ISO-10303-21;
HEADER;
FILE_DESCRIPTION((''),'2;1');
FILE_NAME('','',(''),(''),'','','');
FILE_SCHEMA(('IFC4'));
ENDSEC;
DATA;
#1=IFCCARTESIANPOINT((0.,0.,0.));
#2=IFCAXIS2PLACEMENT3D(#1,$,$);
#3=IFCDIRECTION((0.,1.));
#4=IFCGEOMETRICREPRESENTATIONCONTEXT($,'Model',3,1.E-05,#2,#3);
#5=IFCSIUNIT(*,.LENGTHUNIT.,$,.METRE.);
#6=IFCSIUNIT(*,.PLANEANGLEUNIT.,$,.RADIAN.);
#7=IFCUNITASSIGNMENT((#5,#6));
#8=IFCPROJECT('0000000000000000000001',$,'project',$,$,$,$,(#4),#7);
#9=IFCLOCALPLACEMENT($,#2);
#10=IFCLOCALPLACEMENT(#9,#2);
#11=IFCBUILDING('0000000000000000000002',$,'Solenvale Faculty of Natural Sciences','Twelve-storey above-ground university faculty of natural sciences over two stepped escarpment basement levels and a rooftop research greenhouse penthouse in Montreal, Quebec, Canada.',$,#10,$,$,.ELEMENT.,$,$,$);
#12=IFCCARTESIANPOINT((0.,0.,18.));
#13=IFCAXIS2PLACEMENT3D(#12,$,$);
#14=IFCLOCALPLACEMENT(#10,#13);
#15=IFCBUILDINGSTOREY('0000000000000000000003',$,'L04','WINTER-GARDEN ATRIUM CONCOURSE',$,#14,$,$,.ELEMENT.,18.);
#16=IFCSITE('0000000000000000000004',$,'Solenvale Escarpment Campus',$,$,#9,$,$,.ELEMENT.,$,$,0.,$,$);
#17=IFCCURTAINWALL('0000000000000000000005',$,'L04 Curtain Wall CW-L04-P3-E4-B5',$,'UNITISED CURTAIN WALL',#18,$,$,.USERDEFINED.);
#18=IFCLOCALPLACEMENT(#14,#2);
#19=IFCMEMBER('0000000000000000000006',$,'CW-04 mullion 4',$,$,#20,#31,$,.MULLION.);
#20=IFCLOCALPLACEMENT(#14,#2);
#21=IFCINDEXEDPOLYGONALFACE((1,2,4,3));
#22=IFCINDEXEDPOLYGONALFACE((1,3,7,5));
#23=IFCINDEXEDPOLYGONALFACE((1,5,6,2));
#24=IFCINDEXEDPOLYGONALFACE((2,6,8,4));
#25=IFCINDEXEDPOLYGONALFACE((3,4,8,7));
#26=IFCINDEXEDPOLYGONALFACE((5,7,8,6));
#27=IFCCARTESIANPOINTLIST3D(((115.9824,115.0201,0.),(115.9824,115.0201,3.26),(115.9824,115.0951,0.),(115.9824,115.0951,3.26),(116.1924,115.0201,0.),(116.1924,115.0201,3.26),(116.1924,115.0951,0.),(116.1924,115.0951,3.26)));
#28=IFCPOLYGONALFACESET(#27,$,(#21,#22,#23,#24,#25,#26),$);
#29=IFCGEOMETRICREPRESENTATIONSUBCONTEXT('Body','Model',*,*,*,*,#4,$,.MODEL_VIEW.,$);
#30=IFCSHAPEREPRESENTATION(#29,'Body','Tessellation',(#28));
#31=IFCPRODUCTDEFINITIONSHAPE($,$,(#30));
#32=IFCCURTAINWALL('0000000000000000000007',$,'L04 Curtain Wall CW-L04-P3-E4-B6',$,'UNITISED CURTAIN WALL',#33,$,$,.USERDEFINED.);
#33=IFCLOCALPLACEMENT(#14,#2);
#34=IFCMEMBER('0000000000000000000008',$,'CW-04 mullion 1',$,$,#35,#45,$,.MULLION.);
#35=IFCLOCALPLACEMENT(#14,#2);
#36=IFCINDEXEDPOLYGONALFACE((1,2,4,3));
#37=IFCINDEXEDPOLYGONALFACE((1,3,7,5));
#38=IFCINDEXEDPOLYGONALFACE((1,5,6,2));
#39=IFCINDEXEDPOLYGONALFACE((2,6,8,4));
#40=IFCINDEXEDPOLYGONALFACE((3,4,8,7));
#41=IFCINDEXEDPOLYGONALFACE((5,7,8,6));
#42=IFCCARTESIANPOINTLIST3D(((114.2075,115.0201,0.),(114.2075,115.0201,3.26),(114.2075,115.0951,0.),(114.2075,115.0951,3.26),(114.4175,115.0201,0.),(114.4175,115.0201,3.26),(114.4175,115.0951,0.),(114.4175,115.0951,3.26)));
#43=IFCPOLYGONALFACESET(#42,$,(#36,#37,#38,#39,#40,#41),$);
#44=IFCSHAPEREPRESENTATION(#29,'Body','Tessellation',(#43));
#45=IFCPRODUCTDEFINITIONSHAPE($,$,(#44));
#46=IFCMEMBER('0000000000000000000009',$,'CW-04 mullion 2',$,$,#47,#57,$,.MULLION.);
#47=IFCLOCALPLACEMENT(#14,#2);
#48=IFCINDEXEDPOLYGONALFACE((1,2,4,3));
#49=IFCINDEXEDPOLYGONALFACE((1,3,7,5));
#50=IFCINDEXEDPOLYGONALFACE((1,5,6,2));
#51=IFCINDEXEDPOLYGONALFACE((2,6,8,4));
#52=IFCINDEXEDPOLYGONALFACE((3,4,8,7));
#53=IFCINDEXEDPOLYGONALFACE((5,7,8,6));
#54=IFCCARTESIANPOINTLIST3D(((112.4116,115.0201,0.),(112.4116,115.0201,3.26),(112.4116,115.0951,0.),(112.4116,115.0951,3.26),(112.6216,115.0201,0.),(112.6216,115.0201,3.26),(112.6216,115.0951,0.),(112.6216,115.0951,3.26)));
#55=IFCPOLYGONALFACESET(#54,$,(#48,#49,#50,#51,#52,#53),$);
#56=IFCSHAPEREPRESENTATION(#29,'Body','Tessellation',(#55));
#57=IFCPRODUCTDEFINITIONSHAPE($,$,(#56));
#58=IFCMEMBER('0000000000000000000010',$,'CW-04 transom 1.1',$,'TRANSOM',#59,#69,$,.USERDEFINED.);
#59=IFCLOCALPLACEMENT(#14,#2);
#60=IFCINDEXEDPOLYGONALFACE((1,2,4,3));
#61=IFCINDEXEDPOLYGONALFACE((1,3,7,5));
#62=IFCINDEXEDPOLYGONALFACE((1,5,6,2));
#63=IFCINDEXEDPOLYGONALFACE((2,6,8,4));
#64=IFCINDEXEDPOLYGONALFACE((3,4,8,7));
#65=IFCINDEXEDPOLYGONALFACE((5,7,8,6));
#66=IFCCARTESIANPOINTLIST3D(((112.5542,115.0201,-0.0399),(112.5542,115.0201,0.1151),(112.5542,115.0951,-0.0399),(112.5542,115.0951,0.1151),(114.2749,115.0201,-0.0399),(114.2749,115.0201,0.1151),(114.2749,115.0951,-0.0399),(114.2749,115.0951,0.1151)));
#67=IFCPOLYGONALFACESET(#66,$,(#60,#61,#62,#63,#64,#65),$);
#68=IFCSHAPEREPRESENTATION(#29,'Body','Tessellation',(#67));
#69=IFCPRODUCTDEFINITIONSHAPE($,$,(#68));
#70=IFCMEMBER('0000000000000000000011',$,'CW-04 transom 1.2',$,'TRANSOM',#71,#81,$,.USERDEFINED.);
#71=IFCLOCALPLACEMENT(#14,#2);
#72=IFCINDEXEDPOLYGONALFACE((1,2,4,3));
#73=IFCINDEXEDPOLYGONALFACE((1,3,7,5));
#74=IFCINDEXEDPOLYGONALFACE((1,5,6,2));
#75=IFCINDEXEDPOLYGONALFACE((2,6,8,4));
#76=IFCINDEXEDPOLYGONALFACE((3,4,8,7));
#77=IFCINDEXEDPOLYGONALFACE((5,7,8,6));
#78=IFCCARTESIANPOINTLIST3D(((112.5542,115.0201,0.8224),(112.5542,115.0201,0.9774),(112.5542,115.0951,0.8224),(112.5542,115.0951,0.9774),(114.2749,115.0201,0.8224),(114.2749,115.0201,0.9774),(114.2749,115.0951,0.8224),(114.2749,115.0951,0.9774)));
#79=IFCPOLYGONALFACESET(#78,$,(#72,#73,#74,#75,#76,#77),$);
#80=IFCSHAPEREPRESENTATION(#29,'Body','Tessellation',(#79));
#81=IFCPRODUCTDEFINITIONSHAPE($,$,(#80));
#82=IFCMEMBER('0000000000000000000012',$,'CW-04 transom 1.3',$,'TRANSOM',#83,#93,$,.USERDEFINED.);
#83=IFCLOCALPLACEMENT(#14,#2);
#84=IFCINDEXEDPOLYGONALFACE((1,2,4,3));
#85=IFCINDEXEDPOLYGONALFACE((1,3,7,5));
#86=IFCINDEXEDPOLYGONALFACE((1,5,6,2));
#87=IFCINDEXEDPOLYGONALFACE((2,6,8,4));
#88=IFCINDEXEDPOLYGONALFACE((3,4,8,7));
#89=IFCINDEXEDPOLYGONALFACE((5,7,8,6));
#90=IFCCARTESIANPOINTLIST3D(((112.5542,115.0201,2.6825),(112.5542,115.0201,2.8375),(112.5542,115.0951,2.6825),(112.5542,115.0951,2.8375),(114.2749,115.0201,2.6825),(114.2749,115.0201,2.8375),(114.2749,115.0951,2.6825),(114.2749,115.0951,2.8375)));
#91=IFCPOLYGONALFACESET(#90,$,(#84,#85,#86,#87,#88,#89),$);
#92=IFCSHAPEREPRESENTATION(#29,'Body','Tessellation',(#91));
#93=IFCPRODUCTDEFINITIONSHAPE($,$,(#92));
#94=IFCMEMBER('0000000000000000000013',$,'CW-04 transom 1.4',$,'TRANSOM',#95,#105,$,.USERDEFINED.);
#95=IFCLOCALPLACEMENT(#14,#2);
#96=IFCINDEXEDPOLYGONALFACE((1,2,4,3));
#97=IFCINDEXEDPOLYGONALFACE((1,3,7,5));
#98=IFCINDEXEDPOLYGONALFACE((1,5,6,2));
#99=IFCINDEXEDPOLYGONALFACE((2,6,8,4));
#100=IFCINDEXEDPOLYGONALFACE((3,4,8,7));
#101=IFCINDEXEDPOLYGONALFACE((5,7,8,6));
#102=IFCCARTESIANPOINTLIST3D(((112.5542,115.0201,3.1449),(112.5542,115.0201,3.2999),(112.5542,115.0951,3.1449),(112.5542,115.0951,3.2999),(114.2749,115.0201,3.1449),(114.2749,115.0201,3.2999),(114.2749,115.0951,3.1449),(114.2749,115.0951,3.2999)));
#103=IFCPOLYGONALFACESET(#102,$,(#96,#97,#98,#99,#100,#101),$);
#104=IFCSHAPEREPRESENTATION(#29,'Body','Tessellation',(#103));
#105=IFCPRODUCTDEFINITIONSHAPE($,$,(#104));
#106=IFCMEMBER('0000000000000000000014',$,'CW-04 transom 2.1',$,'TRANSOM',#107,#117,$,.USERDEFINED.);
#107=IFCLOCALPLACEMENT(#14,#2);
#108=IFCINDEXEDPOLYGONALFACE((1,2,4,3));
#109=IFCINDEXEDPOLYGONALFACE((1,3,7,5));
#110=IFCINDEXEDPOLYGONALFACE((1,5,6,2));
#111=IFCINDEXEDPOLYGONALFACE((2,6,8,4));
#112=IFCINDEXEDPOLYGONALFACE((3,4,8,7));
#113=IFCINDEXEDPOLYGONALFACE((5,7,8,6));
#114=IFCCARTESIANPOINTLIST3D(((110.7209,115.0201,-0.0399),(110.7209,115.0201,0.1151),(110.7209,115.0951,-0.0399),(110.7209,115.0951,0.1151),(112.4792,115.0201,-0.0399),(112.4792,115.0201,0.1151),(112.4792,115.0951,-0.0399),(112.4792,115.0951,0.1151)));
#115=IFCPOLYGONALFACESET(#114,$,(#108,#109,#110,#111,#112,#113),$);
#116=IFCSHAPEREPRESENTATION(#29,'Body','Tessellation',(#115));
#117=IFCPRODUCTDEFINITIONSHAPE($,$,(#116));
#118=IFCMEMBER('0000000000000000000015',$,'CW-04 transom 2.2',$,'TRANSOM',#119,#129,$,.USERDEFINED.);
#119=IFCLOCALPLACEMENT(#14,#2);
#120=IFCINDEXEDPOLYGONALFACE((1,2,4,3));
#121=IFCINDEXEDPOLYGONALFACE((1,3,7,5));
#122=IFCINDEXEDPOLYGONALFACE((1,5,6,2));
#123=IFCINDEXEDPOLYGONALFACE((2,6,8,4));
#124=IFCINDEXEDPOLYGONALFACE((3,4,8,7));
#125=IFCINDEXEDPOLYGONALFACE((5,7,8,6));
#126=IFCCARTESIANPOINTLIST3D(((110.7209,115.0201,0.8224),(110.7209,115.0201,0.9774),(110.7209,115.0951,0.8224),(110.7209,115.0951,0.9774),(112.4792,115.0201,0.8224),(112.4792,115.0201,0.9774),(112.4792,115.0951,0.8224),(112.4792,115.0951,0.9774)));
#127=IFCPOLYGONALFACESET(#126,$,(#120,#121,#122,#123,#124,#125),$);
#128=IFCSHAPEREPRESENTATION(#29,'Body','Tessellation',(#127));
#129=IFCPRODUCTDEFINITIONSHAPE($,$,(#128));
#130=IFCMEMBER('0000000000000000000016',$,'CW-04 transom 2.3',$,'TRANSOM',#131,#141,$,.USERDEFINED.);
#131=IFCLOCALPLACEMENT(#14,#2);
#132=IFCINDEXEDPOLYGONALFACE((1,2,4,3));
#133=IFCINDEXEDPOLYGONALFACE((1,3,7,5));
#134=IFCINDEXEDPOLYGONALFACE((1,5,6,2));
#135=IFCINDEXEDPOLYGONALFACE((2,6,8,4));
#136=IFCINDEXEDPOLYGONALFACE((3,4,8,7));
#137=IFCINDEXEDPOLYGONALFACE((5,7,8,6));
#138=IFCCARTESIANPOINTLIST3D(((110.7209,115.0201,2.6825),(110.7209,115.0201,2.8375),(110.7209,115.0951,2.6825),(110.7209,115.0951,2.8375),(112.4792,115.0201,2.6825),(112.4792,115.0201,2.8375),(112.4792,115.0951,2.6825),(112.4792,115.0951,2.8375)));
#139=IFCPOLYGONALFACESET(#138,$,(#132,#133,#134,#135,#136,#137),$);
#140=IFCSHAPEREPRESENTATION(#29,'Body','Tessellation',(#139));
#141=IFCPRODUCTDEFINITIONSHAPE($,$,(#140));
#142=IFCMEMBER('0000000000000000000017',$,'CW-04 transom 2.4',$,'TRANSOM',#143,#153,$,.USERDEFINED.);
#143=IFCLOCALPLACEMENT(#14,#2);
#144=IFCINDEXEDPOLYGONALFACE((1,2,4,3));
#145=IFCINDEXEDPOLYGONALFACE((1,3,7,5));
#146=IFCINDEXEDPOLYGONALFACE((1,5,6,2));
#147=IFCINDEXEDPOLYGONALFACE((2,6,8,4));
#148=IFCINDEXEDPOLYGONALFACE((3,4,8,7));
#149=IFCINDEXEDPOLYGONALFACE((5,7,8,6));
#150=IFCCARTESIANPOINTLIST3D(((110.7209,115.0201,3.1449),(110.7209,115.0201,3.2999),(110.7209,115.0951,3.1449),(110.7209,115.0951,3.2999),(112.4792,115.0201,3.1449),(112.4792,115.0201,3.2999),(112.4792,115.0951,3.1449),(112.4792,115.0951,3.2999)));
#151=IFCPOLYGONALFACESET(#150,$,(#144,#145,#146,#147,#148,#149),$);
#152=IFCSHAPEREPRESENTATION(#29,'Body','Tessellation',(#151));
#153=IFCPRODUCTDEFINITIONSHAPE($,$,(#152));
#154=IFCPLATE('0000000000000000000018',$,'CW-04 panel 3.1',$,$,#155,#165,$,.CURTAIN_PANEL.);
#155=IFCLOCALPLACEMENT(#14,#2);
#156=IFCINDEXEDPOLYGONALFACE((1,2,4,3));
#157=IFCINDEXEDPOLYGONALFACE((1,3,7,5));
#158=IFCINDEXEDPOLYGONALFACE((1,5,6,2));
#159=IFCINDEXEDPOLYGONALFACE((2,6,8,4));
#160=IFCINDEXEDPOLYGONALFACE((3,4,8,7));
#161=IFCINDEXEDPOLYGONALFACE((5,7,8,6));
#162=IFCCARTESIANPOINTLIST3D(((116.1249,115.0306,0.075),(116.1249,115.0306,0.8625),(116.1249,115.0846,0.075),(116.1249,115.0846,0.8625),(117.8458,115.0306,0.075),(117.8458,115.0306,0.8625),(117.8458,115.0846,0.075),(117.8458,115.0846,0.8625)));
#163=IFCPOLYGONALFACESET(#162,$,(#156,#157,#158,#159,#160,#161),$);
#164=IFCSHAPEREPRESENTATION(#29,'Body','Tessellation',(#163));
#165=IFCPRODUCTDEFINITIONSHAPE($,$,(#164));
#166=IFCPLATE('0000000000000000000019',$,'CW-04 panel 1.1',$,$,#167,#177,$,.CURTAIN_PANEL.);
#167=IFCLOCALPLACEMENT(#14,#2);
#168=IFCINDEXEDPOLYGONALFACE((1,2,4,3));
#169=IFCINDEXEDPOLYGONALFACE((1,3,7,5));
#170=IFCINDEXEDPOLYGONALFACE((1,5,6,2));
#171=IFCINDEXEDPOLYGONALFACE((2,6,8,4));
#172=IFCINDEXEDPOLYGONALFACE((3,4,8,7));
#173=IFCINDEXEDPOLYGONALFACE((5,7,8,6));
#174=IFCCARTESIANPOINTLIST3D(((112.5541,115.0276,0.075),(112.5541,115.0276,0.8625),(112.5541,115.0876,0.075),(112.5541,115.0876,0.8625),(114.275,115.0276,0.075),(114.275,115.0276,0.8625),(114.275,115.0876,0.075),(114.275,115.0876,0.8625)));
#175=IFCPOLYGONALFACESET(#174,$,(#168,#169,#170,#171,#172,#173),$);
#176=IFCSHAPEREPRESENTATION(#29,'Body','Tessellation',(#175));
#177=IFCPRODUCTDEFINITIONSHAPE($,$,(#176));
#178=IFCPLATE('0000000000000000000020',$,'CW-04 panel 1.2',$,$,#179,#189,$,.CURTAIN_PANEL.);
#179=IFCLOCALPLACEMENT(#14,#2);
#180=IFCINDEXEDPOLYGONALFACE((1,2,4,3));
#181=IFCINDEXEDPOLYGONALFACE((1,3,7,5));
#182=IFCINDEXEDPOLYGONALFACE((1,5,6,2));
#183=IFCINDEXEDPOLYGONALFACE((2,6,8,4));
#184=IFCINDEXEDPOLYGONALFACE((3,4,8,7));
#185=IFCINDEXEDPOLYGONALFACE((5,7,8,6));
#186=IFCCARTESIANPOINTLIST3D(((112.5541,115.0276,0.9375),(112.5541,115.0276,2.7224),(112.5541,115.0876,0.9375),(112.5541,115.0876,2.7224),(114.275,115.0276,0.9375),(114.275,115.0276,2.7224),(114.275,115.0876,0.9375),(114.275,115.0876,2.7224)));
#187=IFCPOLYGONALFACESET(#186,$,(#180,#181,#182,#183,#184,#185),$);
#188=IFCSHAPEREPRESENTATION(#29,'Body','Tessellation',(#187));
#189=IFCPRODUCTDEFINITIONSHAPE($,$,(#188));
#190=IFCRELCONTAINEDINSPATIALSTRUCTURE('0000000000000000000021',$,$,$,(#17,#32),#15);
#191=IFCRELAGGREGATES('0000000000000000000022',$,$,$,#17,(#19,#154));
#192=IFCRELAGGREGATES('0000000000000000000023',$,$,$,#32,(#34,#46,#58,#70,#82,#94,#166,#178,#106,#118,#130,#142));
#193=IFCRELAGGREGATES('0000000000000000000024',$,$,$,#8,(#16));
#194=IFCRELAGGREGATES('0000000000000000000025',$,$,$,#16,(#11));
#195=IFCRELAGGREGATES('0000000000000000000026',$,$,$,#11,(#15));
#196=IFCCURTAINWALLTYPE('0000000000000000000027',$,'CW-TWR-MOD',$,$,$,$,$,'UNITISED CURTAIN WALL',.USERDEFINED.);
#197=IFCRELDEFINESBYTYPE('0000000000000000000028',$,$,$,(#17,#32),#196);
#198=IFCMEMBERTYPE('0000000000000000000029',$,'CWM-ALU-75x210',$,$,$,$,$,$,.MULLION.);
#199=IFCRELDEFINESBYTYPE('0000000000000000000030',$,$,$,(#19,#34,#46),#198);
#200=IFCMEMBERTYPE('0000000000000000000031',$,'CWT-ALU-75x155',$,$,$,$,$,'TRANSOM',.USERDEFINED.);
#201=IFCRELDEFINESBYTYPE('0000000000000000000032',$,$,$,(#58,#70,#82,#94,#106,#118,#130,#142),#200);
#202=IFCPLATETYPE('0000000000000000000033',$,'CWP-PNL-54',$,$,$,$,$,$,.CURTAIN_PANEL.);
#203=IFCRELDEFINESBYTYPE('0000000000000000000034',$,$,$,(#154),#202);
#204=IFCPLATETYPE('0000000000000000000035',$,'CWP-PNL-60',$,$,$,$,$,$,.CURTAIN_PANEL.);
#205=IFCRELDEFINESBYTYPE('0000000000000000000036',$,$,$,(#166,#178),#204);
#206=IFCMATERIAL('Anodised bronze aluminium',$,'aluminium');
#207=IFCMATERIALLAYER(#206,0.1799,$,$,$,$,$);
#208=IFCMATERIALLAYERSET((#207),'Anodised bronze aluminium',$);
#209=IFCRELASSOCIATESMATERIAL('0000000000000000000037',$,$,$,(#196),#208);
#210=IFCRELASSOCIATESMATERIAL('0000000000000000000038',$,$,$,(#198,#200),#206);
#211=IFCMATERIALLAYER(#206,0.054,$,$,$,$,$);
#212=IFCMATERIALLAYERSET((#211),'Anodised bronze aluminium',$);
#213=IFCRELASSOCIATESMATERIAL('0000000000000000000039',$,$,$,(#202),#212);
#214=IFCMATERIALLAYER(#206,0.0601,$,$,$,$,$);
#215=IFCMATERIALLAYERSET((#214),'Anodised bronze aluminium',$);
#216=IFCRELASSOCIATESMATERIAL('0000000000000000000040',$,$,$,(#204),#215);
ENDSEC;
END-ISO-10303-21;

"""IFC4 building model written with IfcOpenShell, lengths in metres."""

from ifc_helpers import new_model, si_unit, direction, frame, origin, origin_2d, place, context, subcontext, project, spatial, rectangle, extrude, material, layer, layer_set, material_profile, profile_set, type_object, element, aggregate, save


model = new_model("IFC4")

# Units and contexts
model_context = context("Model", 3, precision=1e-05, world=origin(), true_north=direction((0.0, 1.0)))
body_context = subcontext(model_context, "Body", "Model", "MODEL_VIEW")
ifc_project = project(units=[si_unit("LENGTHUNIT", "METRE"), si_unit("PLANEANGLEUNIT", "RADIAN")], contexts=[model_context])

# Site, building, storey
site_placement = place(None, origin())
site = spatial("IfcSite", under=ifc_project, at=site_placement, Name="Solenvale Escarpment Campus", CompositionType="ELEMENT", RefElevation=0.0)
building_placement = place(site_placement, origin())
building = spatial("IfcBuilding", under=site, at=building_placement, Name="Solenvale Faculty of Natural Sciences", Description="Twelve-storey above-ground university faculty of natural sciences over two stepped escarpment basement levels and a rooftop research greenhouse penthouse in Montreal, Quebec, Canada.", CompositionType="ELEMENT")
storey_placement = place(building_placement, frame((0.0, 0.0, 18.0)))
storey = spatial("IfcBuildingStorey", under=building, at=storey_placement, Name="L04", Description="WINTER-GARDEN ATRIUM CONCOURSE", CompositionType="ELEMENT", Elevation=18.0)

# Curtain wall, member
ifc_material_1 = material(Name="Anodised bronze aluminium", Category="aluminium")
ifc_layer_1 = layer(ifc_material_1, 0.1799)
ifc_layer_set_1 = layer_set([ifc_layer_1], Name="Anodised bronze aluminium")
curtain_wall_type = type_object("IfcCurtainWallType", Name="CW-TWR-MOD", ElementType="UNITISED CURTAIN WALL", PredefinedType="USERDEFINED", material=ifc_layer_set_1)
curtain_wall_1_placement = place(storey_placement, origin())
curtain_wall_1 = element("IfcCurtainWall", 1, at=curtain_wall_1_placement, inside=storey, type_object=curtain_wall_type, Name="L04 Curtain Wall CW-L04-P3-E4-B5", ObjectType="UNITISED CURTAIN WALL", PredefinedType="USERDEFINED")
ifc_material_profile_1 = material_profile(ifc_material_1, rectangle(XDim=0.075, YDim=0.21, at=origin_2d()), Name="ALU-MUL-75x210")
ifc_profile_set_1 = profile_set([ifc_material_profile_1], Name="Anodised bronze aluminium")
member_type_1 = type_object("IfcMemberType", Name="CWM-ALU-75x210", PredefinedType="MULLION", material=ifc_profile_set_1)
member_1_placement = place(storey_placement, frame((116.0874, 115.0576, 0.0), z_axis=(0.0, 0.0, 1.0), x_axis=(0.0, -1.0, 0.0)))
member_1 = element("IfcMember", 2, at=member_1_placement, type_object=member_type_1, Name="CW-04 mullion 4", PredefinedType="MULLION", context=body_context, shape_type="SweptSolid", body=[
    extrude(rectangle(XDim=0.075, YDim=0.21, at=origin_2d()), origin(), (0.0, 0.0, 1.0), 3.26),
])

# Curtain wall, members
curtain_wall_2_placement = place(storey_placement, origin())
curtain_wall_2 = element("IfcCurtainWall", 3, at=curtain_wall_2_placement, inside=storey, type_object=curtain_wall_type, Name="L04 Curtain Wall CW-L04-P3-E4-B6", ObjectType="UNITISED CURTAIN WALL", PredefinedType="USERDEFINED")
member_2_placement = place(storey_placement, frame((114.3125, 115.0576, 0.0), z_axis=(0.0, 0.0, 1.0), x_axis=(0.0, -1.0, 0.0)))
member_2 = element("IfcMember", 4, at=member_2_placement, type_object=member_type_1, Name="CW-04 mullion 1", PredefinedType="MULLION", context=body_context, shape_type="SweptSolid", body=[
    extrude(rectangle(XDim=0.075, YDim=0.21, at=origin_2d()), origin(), (0.0, 0.0, 1.0), 3.26),
])
member_3_placement = place(storey_placement, frame((112.5166, 115.0576, 0.0), z_axis=(0.0, 0.0, 1.0), x_axis=(0.0, -1.0, 0.0)))
member_3 = element("IfcMember", 5, at=member_3_placement, type_object=member_type_1, Name="CW-04 mullion 2", PredefinedType="MULLION", context=body_context, shape_type="SweptSolid", body=[
    extrude(rectangle(XDim=0.075, YDim=0.21, at=origin_2d()), origin(), (0.0, 0.0, 1.0), 3.26),
])
ifc_material_profile_2 = material_profile(ifc_material_1, rectangle(XDim=0.075, YDim=0.155, at=origin_2d()), Name="ALU-TRN-75x155")
ifc_profile_set_2 = profile_set([ifc_material_profile_2], Name="Anodised bronze aluminium")
member_type_2 = type_object("IfcMemberType", Name="CWT-ALU-75x155", ElementType="TRANSOM", PredefinedType="USERDEFINED", material=ifc_profile_set_2)
member_4_placement = place(storey_placement, frame((114.2749, 115.0576, 0.0376), z_axis=(-1.0, 0.0, 0.0), x_axis=(0.0, -1.0, 0.0)))
member_4 = element("IfcMember", 6, at=member_4_placement, type_object=member_type_2, Name="CW-04 transom 1.1", ObjectType="TRANSOM", PredefinedType="USERDEFINED", context=body_context, shape_type="SweptSolid", body=[
    extrude(rectangle(XDim=0.075, YDim=0.155, at=origin_2d()), origin(), (0.0, 0.0, 1.0), 1.7207),
])
member_5_placement = place(storey_placement, frame((114.2749, 115.0576, 0.8999), z_axis=(-1.0, 0.0, 0.0), x_axis=(0.0, -1.0, 0.0)))
member_5 = element("IfcMember", 7, at=member_5_placement, type_object=member_type_2, Name="CW-04 transom 1.2", ObjectType="TRANSOM", PredefinedType="USERDEFINED", context=body_context, shape_type="SweptSolid", body=[
    extrude(rectangle(XDim=0.075, YDim=0.155, at=origin_2d()), origin(), (0.0, 0.0, 1.0), 1.7207),
])
member_6_placement = place(storey_placement, frame((114.2749, 115.0576, 2.76), z_axis=(-1.0, 0.0, 0.0), x_axis=(0.0, -1.0, 0.0)))
member_6 = element("IfcMember", 8, at=member_6_placement, type_object=member_type_2, Name="CW-04 transom 1.3", ObjectType="TRANSOM", PredefinedType="USERDEFINED", context=body_context, shape_type="SweptSolid", body=[
    extrude(rectangle(XDim=0.075, YDim=0.155, at=origin_2d()), origin(), (0.0, 0.0, 1.0), 1.7207),
])
member_7_placement = place(storey_placement, frame((114.2749, 115.0576, 3.2224), z_axis=(-1.0, 0.0, 0.0), x_axis=(0.0, -1.0, 0.0)))
member_7 = element("IfcMember", 9, at=member_7_placement, type_object=member_type_2, Name="CW-04 transom 1.4", ObjectType="TRANSOM", PredefinedType="USERDEFINED", context=body_context, shape_type="SweptSolid", body=[
    extrude(rectangle(XDim=0.075, YDim=0.155, at=origin_2d()), origin(), (0.0, 0.0, 1.0), 1.7207),
])
member_8_placement = place(storey_placement, frame((112.4792, 115.0576, 0.0376), z_axis=(-1.0, 0.0, 0.0), x_axis=(0.0, -1.0, 0.0)))
member_8 = element("IfcMember", 10, at=member_8_placement, type_object=member_type_2, Name="CW-04 transom 2.1", ObjectType="TRANSOM", PredefinedType="USERDEFINED", context=body_context, shape_type="SweptSolid", body=[
    extrude(rectangle(XDim=0.075, YDim=0.155, at=origin_2d()), origin(), (0.0, 0.0, 1.0), 1.7583),
])
member_9_placement = place(storey_placement, frame((112.4792, 115.0576, 0.8999), z_axis=(-1.0, 0.0, 0.0), x_axis=(0.0, -1.0, 0.0)))
member_9 = element("IfcMember", 11, at=member_9_placement, type_object=member_type_2, Name="CW-04 transom 2.2", ObjectType="TRANSOM", PredefinedType="USERDEFINED", context=body_context, shape_type="SweptSolid", body=[
    extrude(rectangle(XDim=0.075, YDim=0.155, at=origin_2d()), origin(), (0.0, 0.0, 1.0), 1.7583),
])
member_10_placement = place(storey_placement, frame((112.4792, 115.0576, 2.76), z_axis=(-1.0, 0.0, 0.0), x_axis=(0.0, -1.0, 0.0)))
member_10 = element("IfcMember", 12, at=member_10_placement, type_object=member_type_2, Name="CW-04 transom 2.3", ObjectType="TRANSOM", PredefinedType="USERDEFINED", context=body_context, shape_type="SweptSolid", body=[
    extrude(rectangle(XDim=0.075, YDim=0.155, at=origin_2d()), origin(), (0.0, 0.0, 1.0), 1.7583),
])
member_11_placement = place(storey_placement, frame((112.4792, 115.0576, 3.2224), z_axis=(-1.0, 0.0, 0.0), x_axis=(0.0, -1.0, 0.0)))
member_11 = element("IfcMember", 13, at=member_11_placement, type_object=member_type_2, Name="CW-04 transom 2.4", ObjectType="TRANSOM", PredefinedType="USERDEFINED", context=body_context, shape_type="SweptSolid", body=[
    extrude(rectangle(XDim=0.075, YDim=0.155, at=origin_2d()), origin(), (0.0, 0.0, 1.0), 1.7583),
])

# Plates
ifc_layer_2 = layer(ifc_material_1, 0.054)
ifc_layer_set_2 = layer_set([ifc_layer_2], Name="Anodised bronze aluminium")
plate_type_1 = type_object("IfcPlateType", Name="CWP-PNL-54", PredefinedType="CURTAIN_PANEL", material=ifc_layer_set_2)
plate_1_placement = place(storey_placement, frame((116.9854, 115.0576, 0.075), z_axis=(0.0, 0.0, 1.0), x_axis=(-1.0, 0.0, 0.0)))
plate_1 = element("IfcPlate", 14, at=plate_1_placement, type_object=plate_type_1, Name="CW-04 panel 3.1", PredefinedType="CURTAIN_PANEL", context=body_context, shape_type="SweptSolid", body=[
    extrude(rectangle(XDim=1.7209, YDim=0.054, at=origin_2d()), origin(), (0.0, 0.0, 1.0), 0.7876),
])
aggregate(curtain_wall_1, [member_1, plate_1])
ifc_layer_3 = layer(ifc_material_1, 0.0601)
ifc_layer_set_3 = layer_set([ifc_layer_3], Name="Anodised bronze aluminium")
plate_type_2 = type_object("IfcPlateType", Name="CWP-PNL-60", PredefinedType="CURTAIN_PANEL", material=ifc_layer_set_3)
plate_2_placement = place(storey_placement, frame((113.4146, 115.0576, 0.075), z_axis=(0.0, 0.0, 1.0), x_axis=(-1.0, 0.0, 0.0)))
plate_2 = element("IfcPlate", 15, at=plate_2_placement, type_object=plate_type_2, Name="CW-04 panel 1.1", PredefinedType="CURTAIN_PANEL", context=body_context, shape_type="SweptSolid", body=[
    extrude(rectangle(XDim=1.7209, YDim=0.0601, at=origin_2d()), origin(), (0.0, 0.0, 1.0), 0.7876),
])
plate_3_placement = place(storey_placement, frame((113.4146, 115.0576, 0.9375), z_axis=(0.0, 0.0, 1.0), x_axis=(-1.0, 0.0, 0.0)))
plate_3 = element("IfcPlate", 16, at=plate_3_placement, type_object=plate_type_2, Name="CW-04 panel 1.2", PredefinedType="CURTAIN_PANEL", context=body_context, shape_type="SweptSolid", body=[
    extrude(rectangle(XDim=1.7209, YDim=0.0601, at=origin_2d()), origin(), (0.0, 0.0, 1.0), 1.7849),
])
aggregate(curtain_wall_2, [member_2, member_3, member_4, member_5, member_6, member_7, plate_2, plate_3, member_8, member_9, member_10, member_11])

save(model, "model.ifc")
